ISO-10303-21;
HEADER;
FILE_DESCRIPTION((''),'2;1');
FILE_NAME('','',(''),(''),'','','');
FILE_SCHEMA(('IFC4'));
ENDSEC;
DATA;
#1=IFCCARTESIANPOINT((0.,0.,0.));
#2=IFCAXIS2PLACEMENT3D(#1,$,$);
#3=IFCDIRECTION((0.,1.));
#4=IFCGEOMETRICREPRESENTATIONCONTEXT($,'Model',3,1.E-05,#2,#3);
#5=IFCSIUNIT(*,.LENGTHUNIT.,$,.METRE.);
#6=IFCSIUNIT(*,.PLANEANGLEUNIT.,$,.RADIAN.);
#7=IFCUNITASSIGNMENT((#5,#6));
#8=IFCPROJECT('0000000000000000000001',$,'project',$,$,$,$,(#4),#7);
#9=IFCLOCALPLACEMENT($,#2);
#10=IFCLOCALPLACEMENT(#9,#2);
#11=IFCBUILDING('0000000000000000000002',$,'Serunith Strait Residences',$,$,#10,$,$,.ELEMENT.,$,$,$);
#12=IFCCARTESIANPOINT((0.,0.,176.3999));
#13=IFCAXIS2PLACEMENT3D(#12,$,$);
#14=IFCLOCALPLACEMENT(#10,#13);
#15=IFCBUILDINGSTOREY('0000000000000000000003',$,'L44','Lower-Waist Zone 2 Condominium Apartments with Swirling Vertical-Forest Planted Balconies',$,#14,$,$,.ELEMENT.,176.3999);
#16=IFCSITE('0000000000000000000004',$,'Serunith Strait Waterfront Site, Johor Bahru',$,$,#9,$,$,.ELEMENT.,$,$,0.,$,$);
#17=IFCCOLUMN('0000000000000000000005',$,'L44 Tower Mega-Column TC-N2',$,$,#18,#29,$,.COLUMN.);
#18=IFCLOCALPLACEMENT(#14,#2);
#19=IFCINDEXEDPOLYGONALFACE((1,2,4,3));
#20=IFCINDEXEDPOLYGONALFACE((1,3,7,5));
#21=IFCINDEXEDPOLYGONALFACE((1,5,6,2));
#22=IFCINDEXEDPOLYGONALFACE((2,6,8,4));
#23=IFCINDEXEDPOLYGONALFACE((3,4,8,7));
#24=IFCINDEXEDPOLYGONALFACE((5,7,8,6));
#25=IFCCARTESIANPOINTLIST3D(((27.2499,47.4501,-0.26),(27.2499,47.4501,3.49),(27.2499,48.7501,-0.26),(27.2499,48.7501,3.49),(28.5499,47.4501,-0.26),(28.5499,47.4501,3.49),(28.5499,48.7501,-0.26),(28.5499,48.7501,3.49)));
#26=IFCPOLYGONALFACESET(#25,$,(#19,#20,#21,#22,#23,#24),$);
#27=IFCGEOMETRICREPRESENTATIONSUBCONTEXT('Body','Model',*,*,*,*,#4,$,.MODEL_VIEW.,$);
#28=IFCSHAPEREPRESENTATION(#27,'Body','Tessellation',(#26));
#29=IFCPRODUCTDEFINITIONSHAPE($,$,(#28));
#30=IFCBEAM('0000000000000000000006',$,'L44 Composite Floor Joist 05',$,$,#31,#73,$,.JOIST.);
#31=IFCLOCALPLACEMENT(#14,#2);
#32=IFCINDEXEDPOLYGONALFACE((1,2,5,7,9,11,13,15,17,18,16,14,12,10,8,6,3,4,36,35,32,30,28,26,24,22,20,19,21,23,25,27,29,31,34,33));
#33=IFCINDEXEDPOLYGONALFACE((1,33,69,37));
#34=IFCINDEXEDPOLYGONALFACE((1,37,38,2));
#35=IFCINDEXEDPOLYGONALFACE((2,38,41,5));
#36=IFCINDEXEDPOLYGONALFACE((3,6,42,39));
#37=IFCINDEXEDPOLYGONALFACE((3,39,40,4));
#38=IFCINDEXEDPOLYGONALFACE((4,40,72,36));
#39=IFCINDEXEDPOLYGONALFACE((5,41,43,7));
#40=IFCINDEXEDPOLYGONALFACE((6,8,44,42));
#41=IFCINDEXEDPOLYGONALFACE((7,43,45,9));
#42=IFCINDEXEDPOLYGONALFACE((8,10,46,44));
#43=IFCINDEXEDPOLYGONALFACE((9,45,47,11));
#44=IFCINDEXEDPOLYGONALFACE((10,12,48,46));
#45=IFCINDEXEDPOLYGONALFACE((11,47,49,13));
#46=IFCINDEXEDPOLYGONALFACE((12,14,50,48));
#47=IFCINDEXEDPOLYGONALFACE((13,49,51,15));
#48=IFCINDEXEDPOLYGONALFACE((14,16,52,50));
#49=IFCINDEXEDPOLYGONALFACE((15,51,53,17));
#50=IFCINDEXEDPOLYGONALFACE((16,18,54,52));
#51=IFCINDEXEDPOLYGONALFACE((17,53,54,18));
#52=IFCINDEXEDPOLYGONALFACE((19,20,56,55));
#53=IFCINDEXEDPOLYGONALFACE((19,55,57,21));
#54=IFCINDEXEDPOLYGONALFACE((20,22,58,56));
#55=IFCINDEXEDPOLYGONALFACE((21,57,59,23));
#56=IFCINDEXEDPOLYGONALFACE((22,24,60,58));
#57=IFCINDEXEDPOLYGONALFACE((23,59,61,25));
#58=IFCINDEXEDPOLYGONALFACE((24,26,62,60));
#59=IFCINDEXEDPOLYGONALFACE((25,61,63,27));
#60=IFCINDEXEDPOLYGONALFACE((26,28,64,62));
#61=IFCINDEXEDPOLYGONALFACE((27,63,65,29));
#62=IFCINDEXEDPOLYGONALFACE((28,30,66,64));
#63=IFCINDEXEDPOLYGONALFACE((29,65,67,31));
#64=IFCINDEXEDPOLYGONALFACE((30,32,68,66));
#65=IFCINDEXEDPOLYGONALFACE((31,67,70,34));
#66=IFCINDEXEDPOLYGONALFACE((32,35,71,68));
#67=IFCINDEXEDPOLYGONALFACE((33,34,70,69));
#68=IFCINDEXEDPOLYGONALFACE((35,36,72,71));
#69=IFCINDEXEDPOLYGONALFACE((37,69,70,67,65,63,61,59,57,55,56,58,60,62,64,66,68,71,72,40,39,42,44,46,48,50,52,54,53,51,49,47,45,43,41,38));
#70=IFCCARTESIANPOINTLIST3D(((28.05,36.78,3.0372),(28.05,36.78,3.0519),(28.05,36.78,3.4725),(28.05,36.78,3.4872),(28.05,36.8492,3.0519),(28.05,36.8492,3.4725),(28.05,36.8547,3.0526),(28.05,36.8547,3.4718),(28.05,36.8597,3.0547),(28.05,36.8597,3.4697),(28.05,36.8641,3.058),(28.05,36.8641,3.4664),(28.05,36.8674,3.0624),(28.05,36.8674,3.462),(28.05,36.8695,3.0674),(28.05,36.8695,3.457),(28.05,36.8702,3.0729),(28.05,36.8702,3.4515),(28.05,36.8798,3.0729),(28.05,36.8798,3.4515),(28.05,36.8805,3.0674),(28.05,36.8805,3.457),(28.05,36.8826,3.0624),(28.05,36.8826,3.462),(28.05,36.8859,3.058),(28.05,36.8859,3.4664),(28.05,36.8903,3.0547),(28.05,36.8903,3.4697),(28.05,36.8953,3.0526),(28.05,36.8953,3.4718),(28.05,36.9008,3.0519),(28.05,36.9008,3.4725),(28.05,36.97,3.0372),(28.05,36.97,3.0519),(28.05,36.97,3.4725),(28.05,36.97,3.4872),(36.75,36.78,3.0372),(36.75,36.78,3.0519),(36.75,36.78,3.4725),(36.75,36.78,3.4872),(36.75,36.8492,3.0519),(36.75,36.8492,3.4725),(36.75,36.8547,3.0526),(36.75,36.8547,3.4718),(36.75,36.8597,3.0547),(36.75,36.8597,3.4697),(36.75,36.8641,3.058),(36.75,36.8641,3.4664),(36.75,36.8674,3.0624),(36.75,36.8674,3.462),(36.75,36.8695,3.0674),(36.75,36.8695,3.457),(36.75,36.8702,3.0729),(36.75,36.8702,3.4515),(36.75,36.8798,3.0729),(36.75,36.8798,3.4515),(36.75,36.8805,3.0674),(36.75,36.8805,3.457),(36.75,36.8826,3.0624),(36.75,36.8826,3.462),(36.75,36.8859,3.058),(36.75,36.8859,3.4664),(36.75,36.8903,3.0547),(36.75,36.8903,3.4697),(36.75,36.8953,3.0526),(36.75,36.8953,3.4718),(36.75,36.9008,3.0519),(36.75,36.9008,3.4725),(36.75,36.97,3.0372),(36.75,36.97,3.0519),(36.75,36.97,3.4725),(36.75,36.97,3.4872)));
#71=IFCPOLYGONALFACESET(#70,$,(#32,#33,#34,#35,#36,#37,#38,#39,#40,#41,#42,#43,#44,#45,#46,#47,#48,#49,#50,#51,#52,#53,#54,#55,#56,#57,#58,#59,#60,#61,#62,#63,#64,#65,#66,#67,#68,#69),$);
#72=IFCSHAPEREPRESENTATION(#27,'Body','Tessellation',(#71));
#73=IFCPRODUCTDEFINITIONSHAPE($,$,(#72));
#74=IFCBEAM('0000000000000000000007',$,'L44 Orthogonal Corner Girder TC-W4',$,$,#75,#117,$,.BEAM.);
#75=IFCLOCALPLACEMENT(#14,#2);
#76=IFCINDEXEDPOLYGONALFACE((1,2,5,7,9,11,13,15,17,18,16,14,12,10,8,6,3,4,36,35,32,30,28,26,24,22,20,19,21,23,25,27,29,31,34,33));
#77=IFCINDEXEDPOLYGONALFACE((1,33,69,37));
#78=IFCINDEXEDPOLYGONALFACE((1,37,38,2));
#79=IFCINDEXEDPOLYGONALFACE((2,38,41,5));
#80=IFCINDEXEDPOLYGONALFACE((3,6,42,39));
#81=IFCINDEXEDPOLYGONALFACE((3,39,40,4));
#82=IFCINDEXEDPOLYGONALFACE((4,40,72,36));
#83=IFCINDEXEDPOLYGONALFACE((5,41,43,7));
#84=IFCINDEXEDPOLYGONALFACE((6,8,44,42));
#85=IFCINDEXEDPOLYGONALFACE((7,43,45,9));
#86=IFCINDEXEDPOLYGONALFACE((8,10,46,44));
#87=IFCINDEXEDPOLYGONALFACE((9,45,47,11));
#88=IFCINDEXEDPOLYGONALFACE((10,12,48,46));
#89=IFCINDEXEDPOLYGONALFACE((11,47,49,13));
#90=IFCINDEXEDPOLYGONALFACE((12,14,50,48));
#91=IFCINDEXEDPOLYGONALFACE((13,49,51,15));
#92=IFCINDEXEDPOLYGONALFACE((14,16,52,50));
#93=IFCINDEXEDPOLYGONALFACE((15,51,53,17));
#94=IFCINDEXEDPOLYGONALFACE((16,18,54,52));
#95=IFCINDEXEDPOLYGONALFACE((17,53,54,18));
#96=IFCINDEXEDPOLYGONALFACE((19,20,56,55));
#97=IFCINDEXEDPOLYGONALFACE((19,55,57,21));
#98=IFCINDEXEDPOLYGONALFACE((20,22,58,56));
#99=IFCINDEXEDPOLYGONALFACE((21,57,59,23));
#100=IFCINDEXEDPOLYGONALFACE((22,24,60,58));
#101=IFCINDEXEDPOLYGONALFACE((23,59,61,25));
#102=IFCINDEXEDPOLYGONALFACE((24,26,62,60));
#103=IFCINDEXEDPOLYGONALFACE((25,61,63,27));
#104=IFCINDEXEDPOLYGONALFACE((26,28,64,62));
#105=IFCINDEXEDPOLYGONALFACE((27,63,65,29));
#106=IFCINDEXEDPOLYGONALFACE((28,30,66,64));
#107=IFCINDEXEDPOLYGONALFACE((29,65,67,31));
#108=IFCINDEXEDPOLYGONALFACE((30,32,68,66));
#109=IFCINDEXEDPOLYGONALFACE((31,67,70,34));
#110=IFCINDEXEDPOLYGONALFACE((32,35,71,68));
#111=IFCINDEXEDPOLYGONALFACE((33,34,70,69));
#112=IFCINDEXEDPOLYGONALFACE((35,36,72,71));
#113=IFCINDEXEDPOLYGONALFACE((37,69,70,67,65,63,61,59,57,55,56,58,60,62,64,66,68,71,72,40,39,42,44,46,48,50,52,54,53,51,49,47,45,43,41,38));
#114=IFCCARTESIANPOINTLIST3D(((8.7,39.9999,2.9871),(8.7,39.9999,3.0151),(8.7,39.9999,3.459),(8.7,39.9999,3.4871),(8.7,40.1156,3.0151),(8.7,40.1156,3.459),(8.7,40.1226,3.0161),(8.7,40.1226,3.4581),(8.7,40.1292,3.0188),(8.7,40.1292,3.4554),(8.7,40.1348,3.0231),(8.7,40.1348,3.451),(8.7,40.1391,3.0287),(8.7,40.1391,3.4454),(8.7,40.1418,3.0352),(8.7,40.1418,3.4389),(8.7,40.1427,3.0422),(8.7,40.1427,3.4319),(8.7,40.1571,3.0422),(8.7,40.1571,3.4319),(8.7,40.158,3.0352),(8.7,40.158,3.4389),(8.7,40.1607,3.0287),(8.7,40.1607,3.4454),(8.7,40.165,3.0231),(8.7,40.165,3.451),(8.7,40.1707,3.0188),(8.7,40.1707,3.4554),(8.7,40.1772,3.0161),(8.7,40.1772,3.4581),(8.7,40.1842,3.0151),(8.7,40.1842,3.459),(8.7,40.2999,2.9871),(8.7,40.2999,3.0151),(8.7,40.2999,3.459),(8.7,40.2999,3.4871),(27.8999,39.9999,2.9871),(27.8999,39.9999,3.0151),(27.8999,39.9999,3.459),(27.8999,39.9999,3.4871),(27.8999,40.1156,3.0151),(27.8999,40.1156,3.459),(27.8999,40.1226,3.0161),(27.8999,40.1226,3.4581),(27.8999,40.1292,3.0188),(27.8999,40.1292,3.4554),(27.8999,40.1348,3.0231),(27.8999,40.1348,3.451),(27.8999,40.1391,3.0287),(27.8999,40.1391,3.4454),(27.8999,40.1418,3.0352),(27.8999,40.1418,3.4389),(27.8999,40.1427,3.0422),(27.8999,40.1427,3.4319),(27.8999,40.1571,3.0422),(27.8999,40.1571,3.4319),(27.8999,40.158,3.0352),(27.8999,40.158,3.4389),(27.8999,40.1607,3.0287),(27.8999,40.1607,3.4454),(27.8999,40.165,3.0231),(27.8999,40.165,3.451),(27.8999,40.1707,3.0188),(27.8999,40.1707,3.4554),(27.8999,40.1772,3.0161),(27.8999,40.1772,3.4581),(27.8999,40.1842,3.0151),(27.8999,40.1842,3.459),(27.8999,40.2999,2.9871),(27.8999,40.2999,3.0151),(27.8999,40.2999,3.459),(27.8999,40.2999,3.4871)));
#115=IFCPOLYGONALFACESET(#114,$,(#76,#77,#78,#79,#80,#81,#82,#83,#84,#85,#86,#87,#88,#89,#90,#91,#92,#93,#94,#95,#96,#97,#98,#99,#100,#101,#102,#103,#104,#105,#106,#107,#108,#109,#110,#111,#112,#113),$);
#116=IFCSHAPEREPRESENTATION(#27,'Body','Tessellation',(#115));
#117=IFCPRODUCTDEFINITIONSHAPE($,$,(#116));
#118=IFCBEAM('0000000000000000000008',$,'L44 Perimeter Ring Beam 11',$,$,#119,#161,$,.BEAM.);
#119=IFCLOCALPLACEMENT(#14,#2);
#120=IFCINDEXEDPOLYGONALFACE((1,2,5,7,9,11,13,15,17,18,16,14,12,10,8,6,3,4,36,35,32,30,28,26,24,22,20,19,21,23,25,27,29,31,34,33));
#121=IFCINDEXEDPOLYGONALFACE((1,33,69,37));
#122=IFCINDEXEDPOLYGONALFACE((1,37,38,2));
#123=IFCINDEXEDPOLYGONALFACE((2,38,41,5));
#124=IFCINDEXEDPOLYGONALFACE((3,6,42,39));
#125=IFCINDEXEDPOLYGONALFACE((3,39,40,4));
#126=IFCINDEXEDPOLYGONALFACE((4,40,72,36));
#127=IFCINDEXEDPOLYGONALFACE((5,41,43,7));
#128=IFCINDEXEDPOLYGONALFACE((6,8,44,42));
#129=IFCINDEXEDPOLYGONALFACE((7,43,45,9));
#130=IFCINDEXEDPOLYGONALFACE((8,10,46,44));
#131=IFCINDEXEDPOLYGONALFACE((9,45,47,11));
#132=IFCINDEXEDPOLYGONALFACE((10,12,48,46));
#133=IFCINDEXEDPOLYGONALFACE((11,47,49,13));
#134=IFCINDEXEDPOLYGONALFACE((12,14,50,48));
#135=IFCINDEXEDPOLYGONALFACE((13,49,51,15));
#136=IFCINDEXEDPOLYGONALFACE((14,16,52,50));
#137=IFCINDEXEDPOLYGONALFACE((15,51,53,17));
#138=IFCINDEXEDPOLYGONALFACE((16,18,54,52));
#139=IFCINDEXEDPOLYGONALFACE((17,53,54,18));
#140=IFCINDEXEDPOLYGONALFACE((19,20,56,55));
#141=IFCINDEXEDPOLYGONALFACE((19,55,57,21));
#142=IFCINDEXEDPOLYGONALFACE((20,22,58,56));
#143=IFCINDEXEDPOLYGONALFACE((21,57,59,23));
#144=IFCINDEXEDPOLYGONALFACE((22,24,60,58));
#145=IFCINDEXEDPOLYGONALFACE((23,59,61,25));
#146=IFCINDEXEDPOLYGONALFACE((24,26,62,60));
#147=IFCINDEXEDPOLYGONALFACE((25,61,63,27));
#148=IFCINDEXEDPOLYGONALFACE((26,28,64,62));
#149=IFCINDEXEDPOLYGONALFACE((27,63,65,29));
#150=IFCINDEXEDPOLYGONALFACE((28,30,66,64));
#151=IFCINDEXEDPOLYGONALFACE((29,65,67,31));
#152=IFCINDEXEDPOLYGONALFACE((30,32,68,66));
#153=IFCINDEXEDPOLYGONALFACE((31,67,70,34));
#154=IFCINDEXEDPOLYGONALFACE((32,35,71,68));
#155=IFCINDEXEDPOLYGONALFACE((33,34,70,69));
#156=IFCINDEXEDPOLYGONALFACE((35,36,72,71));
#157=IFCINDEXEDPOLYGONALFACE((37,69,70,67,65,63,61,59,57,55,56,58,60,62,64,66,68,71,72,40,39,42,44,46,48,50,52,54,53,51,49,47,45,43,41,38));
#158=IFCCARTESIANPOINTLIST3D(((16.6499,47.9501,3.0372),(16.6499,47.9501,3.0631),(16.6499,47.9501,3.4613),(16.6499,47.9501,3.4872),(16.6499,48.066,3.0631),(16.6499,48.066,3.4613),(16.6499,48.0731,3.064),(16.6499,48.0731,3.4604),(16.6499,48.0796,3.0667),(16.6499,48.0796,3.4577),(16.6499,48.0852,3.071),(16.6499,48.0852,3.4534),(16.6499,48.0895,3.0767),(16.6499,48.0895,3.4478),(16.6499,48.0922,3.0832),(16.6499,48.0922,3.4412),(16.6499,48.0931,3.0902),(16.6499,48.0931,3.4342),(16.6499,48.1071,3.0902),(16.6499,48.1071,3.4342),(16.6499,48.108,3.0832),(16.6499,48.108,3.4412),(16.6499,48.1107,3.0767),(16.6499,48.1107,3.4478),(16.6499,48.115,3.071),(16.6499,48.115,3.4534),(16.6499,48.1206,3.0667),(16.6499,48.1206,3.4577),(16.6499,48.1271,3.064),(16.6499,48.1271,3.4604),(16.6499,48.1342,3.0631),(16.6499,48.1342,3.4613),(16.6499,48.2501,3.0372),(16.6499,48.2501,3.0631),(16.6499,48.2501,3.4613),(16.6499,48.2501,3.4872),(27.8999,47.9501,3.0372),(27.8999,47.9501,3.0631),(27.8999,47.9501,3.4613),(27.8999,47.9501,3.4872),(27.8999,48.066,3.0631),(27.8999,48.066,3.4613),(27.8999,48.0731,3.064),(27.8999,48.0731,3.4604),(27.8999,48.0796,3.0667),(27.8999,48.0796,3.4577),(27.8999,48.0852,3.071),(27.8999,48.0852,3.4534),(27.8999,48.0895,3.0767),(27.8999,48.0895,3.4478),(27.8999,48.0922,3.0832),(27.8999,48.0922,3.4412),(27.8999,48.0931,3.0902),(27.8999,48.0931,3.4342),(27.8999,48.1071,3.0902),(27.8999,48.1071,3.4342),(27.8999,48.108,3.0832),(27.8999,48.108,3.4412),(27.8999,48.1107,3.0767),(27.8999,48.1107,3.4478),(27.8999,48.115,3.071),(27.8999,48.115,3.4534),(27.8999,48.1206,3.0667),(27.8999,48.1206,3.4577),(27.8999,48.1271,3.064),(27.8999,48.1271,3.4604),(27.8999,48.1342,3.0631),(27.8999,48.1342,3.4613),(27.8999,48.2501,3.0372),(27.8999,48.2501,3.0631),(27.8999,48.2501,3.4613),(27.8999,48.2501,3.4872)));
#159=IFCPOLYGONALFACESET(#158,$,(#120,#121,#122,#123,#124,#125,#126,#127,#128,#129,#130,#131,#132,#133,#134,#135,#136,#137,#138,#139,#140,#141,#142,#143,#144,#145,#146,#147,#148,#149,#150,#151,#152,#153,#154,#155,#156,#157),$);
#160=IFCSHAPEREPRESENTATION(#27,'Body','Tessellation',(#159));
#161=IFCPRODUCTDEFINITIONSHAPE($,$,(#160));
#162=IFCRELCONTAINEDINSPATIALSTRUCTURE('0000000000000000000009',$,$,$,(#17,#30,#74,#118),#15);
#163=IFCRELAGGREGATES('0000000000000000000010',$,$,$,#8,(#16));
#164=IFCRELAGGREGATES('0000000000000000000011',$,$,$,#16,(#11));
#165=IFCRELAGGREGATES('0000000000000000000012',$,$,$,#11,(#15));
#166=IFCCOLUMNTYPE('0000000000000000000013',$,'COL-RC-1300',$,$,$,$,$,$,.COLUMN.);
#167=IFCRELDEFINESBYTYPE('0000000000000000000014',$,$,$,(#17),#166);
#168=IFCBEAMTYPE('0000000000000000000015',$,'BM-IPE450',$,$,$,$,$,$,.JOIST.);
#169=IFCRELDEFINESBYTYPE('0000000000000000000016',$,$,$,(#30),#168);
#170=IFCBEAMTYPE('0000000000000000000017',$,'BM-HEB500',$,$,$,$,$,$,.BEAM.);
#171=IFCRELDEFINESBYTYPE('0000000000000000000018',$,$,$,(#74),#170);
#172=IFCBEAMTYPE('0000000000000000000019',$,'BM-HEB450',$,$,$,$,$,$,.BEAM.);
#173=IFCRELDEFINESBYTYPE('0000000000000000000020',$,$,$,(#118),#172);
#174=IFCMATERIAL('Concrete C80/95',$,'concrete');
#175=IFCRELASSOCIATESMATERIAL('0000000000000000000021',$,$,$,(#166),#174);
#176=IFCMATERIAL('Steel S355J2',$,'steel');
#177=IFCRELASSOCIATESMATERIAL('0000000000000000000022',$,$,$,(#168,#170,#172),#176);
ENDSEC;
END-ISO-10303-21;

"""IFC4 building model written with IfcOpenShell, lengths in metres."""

from ifc_helpers import new_model, si_unit, direction, frame, origin, origin_2d, place, context, subcontext, project, spatial, rectangle, i_section, extrude, source, transform, mapped, material, material_profile, profile_set, type_object, element, save


model = new_model("IFC4")

# Units and contexts
model_context = context("Model", 3, precision=1e-05, world=origin(), true_north=direction((0.0, 1.0)))
body_context = subcontext(model_context, "Body", "Model", "MODEL_VIEW")
ifc_project = project(units=[si_unit("LENGTHUNIT", "METRE"), si_unit("PLANEANGLEUNIT", "RADIAN")], contexts=[model_context])

# Site, building, storey
site_placement = place(None, origin())
site = spatial("IfcSite", under=ifc_project, at=site_placement, Name="Serunith Strait Waterfront Site, Johor Bahru", CompositionType="ELEMENT", RefElevation=0.0)
building_placement = place(site_placement, origin())
building = spatial("IfcBuilding", under=site, at=building_placement, Name="Serunith Strait Residences", CompositionType="ELEMENT")
storey_placement = place(building_placement, frame((0.0, 0.0, 176.3999)))
storey = spatial("IfcBuildingStorey", under=building, at=storey_placement, Name="L44", Description="Lower-Waist Zone 2 Condominium Apartments with Swirling Vertical-Forest Planted Balconies", CompositionType="ELEMENT", Elevation=176.3999)

# Column
ifc_material_1 = material(Name="Concrete C80/95", Category="concrete")
ifc_material_profile_1 = material_profile(ifc_material_1, rectangle(XDim=1.3, YDim=1.3, at=origin_2d()), Name="RC 1300x1300")
ifc_profile_set_1 = profile_set([ifc_material_profile_1], Name="Concrete C80/95")
column_type = type_object("IfcColumnType", Name="COL-RC-1300", PredefinedType="COLUMN", material=ifc_profile_set_1)
shared_shape_1 = source(origin(), body_context, "Body", "SweptSolid", [
    extrude(rectangle(XDim=1.3, YDim=1.3, at=origin_2d()), origin(), (0.0, 0.0, 1.0), 3.75),
])
column_placement = place(storey_placement, frame((27.8999, 48.1001, -0.26), z_axis=(0.0, 0.0, 1.0), x_axis=(1.0, 0.0, 0.0)))
element("IfcColumn", 1, at=column_placement, inside=storey, type_object=column_type, Name="L44 Tower Mega-Column TC-N2", PredefinedType="COLUMN", context=body_context, shape_type="MappedRepresentation", body=[
    mapped(shared_shape_1, transform((0.0, 0.0, 0.0), scale=1.0)),
])

# Beams
ifc_material_2 = material(Name="Steel S355J2", Category="steel")
ifc_material_profile_2 = material_profile(ifc_material_2, i_section(OverallWidth=0.1899, OverallDepth=0.45, WebThickness=0.0095, FlangeThickness=0.0146, FilletRadius=0.021, at=origin_2d()), Name="IPE 450")
ifc_profile_set_2 = profile_set([ifc_material_profile_2], Name="Steel S355J2")
beam_type_1 = type_object("IfcBeamType", Name="BM-IPE450", PredefinedType="JOIST", material=ifc_profile_set_2)
shared_shape_2 = source(origin(), body_context, "Body", "SweptSolid", [
    extrude(i_section(OverallWidth=0.1899, OverallDepth=0.45, WebThickness=0.0095, FlangeThickness=0.0146, FilletRadius=0.021, at=origin_2d()), origin(), (0.0, 0.0, 1.0), 8.7),
])
beam_1_placement = place(storey_placement, frame((28.05, 36.875, 3.2622), z_axis=(1.0, 0.0, 0.0), x_axis=(0.0, 1.0, 0.0)))
element("IfcBeam", 2, at=beam_1_placement, inside=storey, type_object=beam_type_1, Name="L44 Composite Floor Joist 05", PredefinedType="JOIST", context=body_context, shape_type="MappedRepresentation", body=[
    mapped(shared_shape_2, transform((0.0, 0.0, 0.0), scale=1.0)),
])
ifc_material_profile_3 = material_profile(ifc_material_2, i_section(OverallWidth=0.3, OverallDepth=0.5, WebThickness=0.0144, FlangeThickness=0.0281, FilletRadius=0.0271, at=origin_2d()), Name="HEB 500")
ifc_profile_set_3 = profile_set([ifc_material_profile_3], Name="Steel S355J2")
beam_type_2 = type_object("IfcBeamType", Name="BM-HEB500", PredefinedType="BEAM", material=ifc_profile_set_3)
shared_shape_3 = source(origin(), body_context, "Body", "SweptSolid", [
    extrude(i_section(OverallWidth=0.3, OverallDepth=0.5, WebThickness=0.0144, FlangeThickness=0.0281, FilletRadius=0.0271, at=origin_2d()), origin(), (0.0, 0.0, 1.0), 19.2),
])
beam_2_placement = place(storey_placement, frame((27.8999, 40.1499, 3.2371), z_axis=(-1.0, 0.0, 0.0), x_axis=(0.0, -1.0, 0.0)))
element("IfcBeam", 3, at=beam_2_placement, inside=storey, type_object=beam_type_2, Name="L44 Orthogonal Corner Girder TC-W4", PredefinedType="BEAM", context=body_context, shape_type="MappedRepresentation", body=[
    mapped(shared_shape_3, transform((0.0, 0.0, 0.0), scale=1.0)),
])
ifc_material_profile_4 = material_profile(ifc_material_2, i_section(OverallWidth=0.3, OverallDepth=0.45, WebThickness=0.0139, FlangeThickness=0.0259, FilletRadius=0.0271, at=origin_2d()), Name="HEB 450")
ifc_profile_set_4 = profile_set([ifc_material_profile_4], Name="Steel S355J2")
beam_type_3 = type_object("IfcBeamType", Name="BM-HEB450", PredefinedType="BEAM", material=ifc_profile_set_4)
shared_shape_4 = source(origin(), body_context, "Body", "SweptSolid", [
    extrude(i_section(OverallWidth=0.3, OverallDepth=0.45, WebThickness=0.0139, FlangeThickness=0.0259, FilletRadius=0.0271, at=origin_2d()), origin(), (0.0, 0.0, 1.0), 11.25),
])
beam_3_placement = place(storey_placement, frame((27.8999, 48.1001, 3.2622), z_axis=(-1.0, 0.0, 0.0), x_axis=(0.0, -1.0, 0.0)))
element("IfcBeam", 4, at=beam_3_placement, inside=storey, type_object=beam_type_3, Name="L44 Perimeter Ring Beam 11", PredefinedType="BEAM", context=body_context, shape_type="MappedRepresentation", body=[
    mapped(shared_shape_4, transform((0.0, 0.0, 0.0), scale=1.0)),
])

save(model, "model.ifc")
